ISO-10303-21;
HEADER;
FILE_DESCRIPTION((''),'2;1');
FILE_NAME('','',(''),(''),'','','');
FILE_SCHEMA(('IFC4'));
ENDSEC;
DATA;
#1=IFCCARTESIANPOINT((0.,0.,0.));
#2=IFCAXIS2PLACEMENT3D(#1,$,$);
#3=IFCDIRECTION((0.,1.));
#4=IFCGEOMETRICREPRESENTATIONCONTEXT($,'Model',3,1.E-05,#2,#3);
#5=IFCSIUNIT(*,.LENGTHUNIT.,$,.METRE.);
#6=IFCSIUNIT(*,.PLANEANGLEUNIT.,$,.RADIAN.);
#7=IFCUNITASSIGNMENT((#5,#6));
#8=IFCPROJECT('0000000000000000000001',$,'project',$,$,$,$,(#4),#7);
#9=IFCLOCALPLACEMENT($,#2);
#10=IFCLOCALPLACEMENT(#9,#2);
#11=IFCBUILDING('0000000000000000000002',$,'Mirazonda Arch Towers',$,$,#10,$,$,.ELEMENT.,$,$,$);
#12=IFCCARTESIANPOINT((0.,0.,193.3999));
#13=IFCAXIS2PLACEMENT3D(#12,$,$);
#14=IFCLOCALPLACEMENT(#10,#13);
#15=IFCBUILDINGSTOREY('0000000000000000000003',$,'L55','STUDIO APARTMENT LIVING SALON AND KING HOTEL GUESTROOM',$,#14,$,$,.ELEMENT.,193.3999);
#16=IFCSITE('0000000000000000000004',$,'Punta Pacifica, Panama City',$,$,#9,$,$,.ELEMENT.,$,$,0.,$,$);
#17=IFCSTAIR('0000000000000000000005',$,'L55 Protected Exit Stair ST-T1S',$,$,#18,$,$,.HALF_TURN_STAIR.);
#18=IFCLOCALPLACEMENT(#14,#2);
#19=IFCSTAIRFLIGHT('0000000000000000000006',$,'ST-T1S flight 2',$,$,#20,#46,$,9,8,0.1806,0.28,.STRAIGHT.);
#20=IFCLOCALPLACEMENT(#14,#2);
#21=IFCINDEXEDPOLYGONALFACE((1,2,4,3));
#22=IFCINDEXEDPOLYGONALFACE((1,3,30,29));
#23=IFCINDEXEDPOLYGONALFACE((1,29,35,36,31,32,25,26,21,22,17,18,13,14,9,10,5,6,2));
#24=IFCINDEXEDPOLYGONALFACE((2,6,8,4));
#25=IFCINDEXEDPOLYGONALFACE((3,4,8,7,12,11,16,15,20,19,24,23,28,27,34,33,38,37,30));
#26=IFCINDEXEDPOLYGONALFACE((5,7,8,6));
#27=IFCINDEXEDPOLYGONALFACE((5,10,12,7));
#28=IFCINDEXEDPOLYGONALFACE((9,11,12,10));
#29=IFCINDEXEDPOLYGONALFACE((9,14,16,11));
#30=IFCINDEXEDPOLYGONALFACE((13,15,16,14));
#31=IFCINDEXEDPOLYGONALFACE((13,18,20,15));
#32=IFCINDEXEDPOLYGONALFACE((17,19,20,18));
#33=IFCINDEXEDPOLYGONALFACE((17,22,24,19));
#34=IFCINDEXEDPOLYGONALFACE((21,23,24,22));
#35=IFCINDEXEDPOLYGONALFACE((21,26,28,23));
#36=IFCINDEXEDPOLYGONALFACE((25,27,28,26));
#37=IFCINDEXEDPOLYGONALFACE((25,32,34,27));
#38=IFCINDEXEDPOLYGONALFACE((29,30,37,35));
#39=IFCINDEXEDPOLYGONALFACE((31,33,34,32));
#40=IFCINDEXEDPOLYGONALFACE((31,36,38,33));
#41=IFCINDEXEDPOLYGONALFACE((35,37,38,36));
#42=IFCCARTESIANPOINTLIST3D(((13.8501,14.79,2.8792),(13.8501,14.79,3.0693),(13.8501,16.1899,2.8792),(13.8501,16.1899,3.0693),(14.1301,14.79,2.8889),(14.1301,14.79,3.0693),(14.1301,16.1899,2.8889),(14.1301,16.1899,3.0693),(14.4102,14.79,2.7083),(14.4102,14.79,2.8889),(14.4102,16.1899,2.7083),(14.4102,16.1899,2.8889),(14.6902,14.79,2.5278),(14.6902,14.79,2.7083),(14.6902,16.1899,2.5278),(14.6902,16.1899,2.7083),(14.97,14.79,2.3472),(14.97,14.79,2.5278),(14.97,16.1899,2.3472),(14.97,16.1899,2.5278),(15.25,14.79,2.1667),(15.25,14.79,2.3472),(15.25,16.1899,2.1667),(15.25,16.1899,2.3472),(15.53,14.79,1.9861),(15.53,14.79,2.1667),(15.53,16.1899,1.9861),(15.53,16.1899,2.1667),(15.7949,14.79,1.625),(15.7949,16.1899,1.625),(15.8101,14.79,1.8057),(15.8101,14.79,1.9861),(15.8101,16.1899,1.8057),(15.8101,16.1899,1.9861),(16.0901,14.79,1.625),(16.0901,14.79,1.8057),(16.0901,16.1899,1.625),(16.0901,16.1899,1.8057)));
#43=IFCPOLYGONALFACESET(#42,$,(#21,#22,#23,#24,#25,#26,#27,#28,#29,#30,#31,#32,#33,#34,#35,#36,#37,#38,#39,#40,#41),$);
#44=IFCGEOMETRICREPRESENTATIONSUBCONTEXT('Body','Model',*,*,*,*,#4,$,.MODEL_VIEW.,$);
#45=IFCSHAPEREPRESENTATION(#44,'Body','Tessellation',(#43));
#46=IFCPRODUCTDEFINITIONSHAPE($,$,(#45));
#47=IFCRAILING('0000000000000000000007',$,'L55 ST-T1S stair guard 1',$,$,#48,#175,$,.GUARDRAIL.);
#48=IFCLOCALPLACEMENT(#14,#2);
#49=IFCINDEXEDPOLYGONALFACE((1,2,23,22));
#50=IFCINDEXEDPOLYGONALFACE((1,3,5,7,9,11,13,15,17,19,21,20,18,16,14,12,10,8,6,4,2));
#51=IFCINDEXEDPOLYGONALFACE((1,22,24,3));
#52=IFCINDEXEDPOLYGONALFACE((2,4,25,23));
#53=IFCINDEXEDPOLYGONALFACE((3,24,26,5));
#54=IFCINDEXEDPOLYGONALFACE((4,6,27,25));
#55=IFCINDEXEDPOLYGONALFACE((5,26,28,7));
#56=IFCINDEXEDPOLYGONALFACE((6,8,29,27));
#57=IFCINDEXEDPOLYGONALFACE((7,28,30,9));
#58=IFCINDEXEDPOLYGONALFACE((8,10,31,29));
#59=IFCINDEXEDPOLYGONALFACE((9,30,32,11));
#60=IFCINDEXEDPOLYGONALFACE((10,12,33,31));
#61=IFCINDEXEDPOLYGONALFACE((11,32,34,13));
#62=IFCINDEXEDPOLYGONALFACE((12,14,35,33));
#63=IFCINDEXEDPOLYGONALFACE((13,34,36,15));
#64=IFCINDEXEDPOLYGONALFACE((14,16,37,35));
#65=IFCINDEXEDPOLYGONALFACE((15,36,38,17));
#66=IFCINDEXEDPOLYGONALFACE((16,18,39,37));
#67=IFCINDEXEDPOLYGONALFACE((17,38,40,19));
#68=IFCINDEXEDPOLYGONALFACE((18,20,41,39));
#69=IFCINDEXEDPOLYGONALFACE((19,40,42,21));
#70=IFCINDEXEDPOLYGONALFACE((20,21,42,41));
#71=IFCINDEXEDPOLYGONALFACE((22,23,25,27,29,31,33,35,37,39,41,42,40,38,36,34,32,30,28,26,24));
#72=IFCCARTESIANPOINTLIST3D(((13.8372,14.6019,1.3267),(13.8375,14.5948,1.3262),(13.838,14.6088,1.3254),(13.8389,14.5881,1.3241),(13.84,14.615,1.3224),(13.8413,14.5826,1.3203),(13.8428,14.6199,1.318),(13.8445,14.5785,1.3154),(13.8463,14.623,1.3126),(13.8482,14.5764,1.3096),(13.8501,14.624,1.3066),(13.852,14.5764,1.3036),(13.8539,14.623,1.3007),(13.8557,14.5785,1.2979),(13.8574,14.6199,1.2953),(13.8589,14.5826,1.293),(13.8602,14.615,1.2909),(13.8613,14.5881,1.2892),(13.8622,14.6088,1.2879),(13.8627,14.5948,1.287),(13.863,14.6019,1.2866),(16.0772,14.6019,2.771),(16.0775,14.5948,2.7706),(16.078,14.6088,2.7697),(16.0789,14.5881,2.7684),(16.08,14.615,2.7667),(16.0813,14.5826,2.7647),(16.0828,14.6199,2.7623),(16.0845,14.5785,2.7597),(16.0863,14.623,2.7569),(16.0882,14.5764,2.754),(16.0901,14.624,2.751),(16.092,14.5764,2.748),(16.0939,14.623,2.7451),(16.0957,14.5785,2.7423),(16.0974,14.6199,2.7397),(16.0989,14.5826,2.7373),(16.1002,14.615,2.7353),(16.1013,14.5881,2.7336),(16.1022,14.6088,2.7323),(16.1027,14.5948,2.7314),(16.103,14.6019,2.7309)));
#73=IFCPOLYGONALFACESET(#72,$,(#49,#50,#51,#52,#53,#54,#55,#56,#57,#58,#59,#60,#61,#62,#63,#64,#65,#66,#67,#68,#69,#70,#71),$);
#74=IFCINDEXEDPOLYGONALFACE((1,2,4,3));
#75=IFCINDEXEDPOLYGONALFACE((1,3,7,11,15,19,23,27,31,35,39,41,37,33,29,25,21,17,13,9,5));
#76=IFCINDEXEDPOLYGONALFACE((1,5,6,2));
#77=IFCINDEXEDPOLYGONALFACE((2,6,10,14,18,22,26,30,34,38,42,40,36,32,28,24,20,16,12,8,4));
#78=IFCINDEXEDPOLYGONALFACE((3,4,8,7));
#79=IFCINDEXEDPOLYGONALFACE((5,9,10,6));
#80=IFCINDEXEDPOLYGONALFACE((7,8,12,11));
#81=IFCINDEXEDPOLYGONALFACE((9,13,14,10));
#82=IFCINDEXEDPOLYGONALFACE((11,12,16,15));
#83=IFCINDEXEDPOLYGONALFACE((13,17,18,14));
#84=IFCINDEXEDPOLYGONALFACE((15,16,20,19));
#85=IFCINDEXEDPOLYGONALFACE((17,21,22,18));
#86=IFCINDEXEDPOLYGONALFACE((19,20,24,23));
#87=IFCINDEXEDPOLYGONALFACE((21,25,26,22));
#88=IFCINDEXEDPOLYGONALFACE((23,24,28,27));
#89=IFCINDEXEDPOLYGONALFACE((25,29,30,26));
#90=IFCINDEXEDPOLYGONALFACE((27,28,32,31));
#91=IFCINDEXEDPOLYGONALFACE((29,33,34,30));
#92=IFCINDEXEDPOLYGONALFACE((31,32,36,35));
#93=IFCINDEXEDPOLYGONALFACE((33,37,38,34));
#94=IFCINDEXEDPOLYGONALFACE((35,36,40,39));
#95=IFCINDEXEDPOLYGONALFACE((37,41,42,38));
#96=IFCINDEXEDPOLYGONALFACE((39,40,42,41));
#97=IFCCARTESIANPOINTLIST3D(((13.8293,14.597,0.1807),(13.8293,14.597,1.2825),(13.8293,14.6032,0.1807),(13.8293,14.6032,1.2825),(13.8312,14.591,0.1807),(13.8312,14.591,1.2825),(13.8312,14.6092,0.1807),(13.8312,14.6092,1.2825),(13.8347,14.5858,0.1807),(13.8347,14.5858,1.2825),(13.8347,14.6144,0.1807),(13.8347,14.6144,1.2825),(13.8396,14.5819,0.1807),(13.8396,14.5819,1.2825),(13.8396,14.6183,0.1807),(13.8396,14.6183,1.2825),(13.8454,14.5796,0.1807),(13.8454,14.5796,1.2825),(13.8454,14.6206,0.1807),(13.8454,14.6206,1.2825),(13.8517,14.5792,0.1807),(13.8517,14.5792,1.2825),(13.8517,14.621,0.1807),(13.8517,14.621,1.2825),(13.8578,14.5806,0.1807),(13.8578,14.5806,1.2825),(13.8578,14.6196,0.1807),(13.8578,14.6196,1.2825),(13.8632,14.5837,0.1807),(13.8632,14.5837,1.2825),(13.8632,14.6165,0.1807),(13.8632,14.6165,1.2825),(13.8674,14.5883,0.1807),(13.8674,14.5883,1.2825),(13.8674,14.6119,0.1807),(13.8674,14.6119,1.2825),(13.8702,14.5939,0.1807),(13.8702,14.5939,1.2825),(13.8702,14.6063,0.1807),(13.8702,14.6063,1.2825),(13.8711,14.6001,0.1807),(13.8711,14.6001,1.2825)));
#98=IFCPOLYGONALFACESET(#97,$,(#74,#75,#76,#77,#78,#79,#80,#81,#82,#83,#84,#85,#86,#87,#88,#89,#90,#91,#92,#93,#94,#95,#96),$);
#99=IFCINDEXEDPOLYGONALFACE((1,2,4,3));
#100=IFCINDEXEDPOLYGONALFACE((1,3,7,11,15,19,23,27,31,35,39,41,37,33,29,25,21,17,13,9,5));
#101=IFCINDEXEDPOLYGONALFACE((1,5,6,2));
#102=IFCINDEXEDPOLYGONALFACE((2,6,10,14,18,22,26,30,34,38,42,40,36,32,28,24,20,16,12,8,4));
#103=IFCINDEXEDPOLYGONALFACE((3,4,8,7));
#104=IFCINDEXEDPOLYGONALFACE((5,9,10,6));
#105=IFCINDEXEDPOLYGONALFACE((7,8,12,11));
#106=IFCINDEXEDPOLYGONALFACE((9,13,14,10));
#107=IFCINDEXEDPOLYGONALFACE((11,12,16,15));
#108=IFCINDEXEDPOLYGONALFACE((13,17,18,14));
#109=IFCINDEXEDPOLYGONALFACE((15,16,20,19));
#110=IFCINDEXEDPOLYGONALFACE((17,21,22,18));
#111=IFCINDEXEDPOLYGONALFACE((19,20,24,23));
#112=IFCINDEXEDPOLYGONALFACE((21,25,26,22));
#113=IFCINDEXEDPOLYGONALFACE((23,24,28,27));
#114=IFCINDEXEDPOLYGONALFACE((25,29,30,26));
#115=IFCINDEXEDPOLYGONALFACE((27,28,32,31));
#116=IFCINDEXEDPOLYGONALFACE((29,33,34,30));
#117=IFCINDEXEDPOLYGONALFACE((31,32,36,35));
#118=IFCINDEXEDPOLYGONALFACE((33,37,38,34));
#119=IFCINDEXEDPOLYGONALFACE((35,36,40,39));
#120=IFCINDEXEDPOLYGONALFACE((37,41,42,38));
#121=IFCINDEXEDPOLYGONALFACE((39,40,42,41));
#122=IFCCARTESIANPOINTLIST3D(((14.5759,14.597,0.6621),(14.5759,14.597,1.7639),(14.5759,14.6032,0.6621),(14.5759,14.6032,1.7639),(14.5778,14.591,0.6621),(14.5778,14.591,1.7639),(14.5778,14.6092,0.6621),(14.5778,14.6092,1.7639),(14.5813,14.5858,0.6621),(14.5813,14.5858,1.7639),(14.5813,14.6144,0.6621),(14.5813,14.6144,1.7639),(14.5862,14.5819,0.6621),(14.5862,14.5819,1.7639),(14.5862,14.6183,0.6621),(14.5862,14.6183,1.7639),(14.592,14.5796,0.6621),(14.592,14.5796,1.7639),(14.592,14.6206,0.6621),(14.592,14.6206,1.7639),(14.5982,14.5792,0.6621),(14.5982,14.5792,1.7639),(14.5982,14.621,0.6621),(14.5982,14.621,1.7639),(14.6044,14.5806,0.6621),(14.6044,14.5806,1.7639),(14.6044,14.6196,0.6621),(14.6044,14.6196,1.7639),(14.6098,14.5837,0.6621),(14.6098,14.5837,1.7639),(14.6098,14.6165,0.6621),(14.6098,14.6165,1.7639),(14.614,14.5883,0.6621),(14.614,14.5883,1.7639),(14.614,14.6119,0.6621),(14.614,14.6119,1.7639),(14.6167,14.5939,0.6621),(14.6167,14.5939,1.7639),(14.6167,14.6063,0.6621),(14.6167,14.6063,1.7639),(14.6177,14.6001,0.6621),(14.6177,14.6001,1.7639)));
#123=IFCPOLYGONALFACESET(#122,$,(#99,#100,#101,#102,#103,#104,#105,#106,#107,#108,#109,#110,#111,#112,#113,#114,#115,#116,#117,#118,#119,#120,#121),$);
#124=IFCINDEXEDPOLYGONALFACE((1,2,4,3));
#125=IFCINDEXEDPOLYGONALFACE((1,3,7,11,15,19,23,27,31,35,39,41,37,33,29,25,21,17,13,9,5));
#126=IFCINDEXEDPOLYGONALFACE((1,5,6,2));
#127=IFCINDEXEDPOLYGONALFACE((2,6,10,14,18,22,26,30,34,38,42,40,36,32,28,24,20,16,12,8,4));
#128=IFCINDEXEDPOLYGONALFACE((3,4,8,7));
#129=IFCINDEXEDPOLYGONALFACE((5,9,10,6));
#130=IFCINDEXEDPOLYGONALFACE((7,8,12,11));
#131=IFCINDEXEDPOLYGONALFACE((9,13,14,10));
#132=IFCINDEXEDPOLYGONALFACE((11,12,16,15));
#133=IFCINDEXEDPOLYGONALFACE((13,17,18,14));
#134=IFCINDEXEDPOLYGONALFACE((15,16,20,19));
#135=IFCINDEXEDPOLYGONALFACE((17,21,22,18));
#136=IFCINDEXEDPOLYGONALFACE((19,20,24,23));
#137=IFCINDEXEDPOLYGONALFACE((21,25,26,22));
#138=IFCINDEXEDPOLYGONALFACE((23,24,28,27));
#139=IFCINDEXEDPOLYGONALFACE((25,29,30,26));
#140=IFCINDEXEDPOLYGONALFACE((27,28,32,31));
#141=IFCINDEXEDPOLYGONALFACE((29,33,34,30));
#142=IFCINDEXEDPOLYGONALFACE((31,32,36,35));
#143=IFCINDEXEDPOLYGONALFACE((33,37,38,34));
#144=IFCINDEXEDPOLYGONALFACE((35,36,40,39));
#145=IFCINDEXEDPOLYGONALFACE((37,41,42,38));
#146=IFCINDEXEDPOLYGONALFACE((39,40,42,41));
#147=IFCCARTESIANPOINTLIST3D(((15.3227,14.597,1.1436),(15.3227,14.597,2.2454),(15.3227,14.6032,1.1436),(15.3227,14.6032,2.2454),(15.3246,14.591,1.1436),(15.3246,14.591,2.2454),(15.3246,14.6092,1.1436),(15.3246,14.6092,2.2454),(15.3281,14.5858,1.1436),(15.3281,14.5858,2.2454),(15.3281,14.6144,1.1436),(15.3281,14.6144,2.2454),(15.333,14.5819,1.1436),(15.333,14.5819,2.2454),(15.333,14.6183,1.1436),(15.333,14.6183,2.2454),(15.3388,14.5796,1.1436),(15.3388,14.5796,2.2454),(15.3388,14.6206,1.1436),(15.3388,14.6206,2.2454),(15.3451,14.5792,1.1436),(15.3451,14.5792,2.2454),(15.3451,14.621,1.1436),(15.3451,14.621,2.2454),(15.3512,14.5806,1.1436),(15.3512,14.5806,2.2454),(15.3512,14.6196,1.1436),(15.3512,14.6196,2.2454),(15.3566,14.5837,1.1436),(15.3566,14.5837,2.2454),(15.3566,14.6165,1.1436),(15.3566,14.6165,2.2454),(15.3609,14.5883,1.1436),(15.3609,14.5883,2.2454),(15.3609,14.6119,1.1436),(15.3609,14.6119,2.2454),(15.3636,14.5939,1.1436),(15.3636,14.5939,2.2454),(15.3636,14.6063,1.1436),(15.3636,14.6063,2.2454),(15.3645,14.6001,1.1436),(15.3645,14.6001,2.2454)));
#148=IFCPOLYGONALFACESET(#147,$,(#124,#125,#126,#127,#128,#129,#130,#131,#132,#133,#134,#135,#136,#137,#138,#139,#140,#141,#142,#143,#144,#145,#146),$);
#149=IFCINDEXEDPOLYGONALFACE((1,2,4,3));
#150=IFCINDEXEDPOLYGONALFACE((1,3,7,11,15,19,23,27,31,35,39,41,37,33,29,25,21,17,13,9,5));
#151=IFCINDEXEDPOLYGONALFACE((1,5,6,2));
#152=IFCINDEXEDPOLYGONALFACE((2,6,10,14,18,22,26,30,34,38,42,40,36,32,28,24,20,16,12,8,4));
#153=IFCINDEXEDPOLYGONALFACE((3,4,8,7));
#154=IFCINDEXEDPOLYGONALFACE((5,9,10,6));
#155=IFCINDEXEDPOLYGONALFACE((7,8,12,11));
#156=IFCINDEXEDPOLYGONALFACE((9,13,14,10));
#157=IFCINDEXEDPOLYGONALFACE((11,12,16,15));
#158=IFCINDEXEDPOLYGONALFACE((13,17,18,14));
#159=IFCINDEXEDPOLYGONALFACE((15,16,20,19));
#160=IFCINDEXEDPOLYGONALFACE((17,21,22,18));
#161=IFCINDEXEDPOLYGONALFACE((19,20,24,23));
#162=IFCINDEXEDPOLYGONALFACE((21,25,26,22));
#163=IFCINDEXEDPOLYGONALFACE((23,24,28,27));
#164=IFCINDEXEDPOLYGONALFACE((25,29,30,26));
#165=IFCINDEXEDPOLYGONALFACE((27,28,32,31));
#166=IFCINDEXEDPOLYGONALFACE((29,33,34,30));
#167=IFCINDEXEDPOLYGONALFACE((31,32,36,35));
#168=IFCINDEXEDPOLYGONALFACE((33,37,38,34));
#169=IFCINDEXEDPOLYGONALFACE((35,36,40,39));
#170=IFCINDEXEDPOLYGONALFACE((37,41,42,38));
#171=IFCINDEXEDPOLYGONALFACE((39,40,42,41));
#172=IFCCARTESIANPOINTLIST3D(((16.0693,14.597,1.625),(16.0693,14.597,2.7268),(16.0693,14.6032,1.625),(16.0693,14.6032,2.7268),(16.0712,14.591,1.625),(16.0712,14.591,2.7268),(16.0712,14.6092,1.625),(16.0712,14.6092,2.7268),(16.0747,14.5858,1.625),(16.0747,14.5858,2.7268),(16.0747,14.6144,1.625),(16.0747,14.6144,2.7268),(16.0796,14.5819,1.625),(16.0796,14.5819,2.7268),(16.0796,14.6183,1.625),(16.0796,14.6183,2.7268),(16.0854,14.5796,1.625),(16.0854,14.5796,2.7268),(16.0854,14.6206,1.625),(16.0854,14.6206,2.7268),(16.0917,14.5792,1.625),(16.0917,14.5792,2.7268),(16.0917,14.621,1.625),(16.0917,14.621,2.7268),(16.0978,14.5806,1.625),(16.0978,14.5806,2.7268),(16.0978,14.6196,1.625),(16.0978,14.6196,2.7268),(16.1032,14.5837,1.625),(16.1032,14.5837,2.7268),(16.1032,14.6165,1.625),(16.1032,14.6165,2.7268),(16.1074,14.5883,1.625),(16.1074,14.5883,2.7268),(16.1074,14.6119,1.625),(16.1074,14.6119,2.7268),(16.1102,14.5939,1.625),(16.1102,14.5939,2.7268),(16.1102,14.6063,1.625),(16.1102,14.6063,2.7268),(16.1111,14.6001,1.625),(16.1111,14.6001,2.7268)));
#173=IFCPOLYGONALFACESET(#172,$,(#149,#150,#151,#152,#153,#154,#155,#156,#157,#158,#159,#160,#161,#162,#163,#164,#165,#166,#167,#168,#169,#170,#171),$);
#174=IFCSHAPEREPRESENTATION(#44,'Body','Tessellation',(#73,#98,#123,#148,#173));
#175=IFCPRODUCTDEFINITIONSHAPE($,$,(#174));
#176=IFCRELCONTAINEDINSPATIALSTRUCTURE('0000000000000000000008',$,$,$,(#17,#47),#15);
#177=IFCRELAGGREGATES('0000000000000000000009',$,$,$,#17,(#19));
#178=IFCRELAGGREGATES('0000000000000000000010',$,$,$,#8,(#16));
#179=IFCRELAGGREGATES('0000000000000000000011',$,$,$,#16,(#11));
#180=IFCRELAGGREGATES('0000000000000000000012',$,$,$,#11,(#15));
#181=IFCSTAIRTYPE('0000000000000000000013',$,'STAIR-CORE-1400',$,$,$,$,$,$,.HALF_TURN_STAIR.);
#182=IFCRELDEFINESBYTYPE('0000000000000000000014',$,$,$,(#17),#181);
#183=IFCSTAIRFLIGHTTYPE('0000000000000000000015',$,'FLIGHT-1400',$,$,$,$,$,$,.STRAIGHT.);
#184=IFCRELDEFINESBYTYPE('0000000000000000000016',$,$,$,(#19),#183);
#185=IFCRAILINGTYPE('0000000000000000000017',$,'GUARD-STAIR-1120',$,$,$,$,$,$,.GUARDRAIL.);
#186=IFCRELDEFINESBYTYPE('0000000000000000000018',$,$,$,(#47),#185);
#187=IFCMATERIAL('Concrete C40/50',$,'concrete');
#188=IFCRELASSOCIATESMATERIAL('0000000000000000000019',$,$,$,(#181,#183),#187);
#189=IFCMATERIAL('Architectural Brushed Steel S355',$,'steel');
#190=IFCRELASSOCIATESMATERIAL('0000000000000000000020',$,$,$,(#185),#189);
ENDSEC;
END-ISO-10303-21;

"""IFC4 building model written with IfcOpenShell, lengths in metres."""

from ifc_helpers import new_model, si_unit, direction, frame, origin, origin_2d, place, context, subcontext, project, spatial, polyline, circle, outline, extrude, material, type_object, element, aggregate, save


model = new_model("IFC4")

# Units and contexts
model_context = context("Model", 3, precision=1e-05, world=origin(), true_north=direction((0.0, 1.0)))
body_context = subcontext(model_context, "Body", "Model", "MODEL_VIEW")
ifc_project = project(units=[si_unit("LENGTHUNIT", "METRE"), si_unit("PLANEANGLEUNIT", "RADIAN")], contexts=[model_context])

# Site, building, storey
site_placement = place(None, origin())
site = spatial("IfcSite", under=ifc_project, at=site_placement, Name="Punta Pacifica, Panama City", CompositionType="ELEMENT", RefElevation=0.0)
building_placement = place(site_placement, origin())
building = spatial("IfcBuilding", under=site, at=building_placement, Name="Mirazonda Arch Towers", CompositionType="ELEMENT")
storey_placement = place(building_placement, frame((0.0, 0.0, 193.3999)))
storey = spatial("IfcBuildingStorey", under=building, at=storey_placement, Name="L55", Description="STUDIO APARTMENT LIVING SALON AND KING HOTEL GUESTROOM", CompositionType="ELEMENT", Elevation=193.3999)

# Shared definitions
ifc_material_1 = material(Name="Concrete C40/50", Category="concrete")

# Shared definitions
ifc_material_2 = material(Name="Architectural Brushed Steel S355", Category="steel")

# Stair, stair flight
stair_type = type_object("IfcStairType", Name="STAIR-CORE-1400", PredefinedType="HALF_TURN_STAIR", material=ifc_material_1)
stair_placement = place(storey_placement, origin())
stair = element("IfcStair", 1, at=stair_placement, inside=storey, type_object=stair_type, Name="L55 Protected Exit Stair ST-T1S", PredefinedType="HALF_TURN_STAIR")
stair_flight_type = type_object("IfcStairFlightType", Name="FLIGHT-1400", PredefinedType="STRAIGHT", material=ifc_material_1)
stair_flight_placement = place(storey_placement, frame((16.0901, 15.49, 1.625), z_axis=(0.0, 0.0, 1.0), x_axis=(-1.0, 0.0, 0.0)))
stair_flight = element("IfcStairFlight", 2, at=stair_flight_placement, type_object=stair_flight_type, Name="ST-T1S flight 2", NumberOfRisers=9, NumberOfTreads=8, PredefinedType="STRAIGHT", RiserHeight=0.1806, TreadLength=0.28, context=body_context, shape_type="SweptSolid", body=[
    extrude(outline(polyline([(0.0, 0.0), (0.0, 0.1807), (0.28, 0.1807), (0.28, 0.3611), (0.5601, 0.3611), (0.5601, 0.5417), (0.8401, 0.5417), (0.8401, 0.7222), (1.1201, 0.7222), (1.1201, 0.9028), (1.3999, 0.9028), (1.3999, 1.0833), (1.6799, 1.0833), (1.6799, 1.2639), (1.96, 1.2639), (1.96, 1.4443), (2.24, 1.4443), (2.24, 1.625), (2.24, 1.2542), (0.2952, 0.0), (0.0, 0.0)])), frame((0.0, 0.7, 0.0), z_axis=(0.0, -1.0, 0.0), x_axis=(1.0, 0.0, 0.0)), (0.0, 0.0, 1.0), 1.3999),
])
aggregate(stair, [stair_flight])

# Railing
railing_type_1 = type_object("IfcRailingType", Name="GUARD-STAIR-1120", PredefinedType="GUARDRAIL", material=ifc_material_2)
railing_1_placement = place(storey_placement, frame((13.8501, 14.6001, 0.1807)))
element("IfcRailing", 3, at=railing_1_placement, inside=storey, type_object=railing_type_1, Name="L55 ST-T1S stair guard 1", PredefinedType="GUARDRAIL", context=body_context, shape_type="SweptSolid", body=[
    extrude(circle(Radius=0.0239, at=origin_2d()), frame((0.0, 0.0, 1.126), z_axis=(0.840437, 0.0, 0.54191), x_axis=(0.0, 1.0, 0.0)), (0.0, 0.0, 1.0), 2.6653),
    extrude(circle(Radius=0.021, at=origin_2d()), origin(), (0.0, 0.0, 1.0), 1.1018),
    extrude(circle(Radius=0.021, at=origin_2d()), frame((0.7466, 0.0, 0.4814)), (0.0, 0.0, 1.0), 1.1018),
    extrude(circle(Radius=0.021, at=origin_2d()), frame((1.4934, 0.0, 0.9629)), (0.0, 0.0, 1.0), 1.1018),
    extrude(circle(Radius=0.021, at=origin_2d()), frame((2.24, 0.0, 1.4443)), (0.0, 0.0, 1.0), 1.1018),
])

save(model, "model.ifc")
